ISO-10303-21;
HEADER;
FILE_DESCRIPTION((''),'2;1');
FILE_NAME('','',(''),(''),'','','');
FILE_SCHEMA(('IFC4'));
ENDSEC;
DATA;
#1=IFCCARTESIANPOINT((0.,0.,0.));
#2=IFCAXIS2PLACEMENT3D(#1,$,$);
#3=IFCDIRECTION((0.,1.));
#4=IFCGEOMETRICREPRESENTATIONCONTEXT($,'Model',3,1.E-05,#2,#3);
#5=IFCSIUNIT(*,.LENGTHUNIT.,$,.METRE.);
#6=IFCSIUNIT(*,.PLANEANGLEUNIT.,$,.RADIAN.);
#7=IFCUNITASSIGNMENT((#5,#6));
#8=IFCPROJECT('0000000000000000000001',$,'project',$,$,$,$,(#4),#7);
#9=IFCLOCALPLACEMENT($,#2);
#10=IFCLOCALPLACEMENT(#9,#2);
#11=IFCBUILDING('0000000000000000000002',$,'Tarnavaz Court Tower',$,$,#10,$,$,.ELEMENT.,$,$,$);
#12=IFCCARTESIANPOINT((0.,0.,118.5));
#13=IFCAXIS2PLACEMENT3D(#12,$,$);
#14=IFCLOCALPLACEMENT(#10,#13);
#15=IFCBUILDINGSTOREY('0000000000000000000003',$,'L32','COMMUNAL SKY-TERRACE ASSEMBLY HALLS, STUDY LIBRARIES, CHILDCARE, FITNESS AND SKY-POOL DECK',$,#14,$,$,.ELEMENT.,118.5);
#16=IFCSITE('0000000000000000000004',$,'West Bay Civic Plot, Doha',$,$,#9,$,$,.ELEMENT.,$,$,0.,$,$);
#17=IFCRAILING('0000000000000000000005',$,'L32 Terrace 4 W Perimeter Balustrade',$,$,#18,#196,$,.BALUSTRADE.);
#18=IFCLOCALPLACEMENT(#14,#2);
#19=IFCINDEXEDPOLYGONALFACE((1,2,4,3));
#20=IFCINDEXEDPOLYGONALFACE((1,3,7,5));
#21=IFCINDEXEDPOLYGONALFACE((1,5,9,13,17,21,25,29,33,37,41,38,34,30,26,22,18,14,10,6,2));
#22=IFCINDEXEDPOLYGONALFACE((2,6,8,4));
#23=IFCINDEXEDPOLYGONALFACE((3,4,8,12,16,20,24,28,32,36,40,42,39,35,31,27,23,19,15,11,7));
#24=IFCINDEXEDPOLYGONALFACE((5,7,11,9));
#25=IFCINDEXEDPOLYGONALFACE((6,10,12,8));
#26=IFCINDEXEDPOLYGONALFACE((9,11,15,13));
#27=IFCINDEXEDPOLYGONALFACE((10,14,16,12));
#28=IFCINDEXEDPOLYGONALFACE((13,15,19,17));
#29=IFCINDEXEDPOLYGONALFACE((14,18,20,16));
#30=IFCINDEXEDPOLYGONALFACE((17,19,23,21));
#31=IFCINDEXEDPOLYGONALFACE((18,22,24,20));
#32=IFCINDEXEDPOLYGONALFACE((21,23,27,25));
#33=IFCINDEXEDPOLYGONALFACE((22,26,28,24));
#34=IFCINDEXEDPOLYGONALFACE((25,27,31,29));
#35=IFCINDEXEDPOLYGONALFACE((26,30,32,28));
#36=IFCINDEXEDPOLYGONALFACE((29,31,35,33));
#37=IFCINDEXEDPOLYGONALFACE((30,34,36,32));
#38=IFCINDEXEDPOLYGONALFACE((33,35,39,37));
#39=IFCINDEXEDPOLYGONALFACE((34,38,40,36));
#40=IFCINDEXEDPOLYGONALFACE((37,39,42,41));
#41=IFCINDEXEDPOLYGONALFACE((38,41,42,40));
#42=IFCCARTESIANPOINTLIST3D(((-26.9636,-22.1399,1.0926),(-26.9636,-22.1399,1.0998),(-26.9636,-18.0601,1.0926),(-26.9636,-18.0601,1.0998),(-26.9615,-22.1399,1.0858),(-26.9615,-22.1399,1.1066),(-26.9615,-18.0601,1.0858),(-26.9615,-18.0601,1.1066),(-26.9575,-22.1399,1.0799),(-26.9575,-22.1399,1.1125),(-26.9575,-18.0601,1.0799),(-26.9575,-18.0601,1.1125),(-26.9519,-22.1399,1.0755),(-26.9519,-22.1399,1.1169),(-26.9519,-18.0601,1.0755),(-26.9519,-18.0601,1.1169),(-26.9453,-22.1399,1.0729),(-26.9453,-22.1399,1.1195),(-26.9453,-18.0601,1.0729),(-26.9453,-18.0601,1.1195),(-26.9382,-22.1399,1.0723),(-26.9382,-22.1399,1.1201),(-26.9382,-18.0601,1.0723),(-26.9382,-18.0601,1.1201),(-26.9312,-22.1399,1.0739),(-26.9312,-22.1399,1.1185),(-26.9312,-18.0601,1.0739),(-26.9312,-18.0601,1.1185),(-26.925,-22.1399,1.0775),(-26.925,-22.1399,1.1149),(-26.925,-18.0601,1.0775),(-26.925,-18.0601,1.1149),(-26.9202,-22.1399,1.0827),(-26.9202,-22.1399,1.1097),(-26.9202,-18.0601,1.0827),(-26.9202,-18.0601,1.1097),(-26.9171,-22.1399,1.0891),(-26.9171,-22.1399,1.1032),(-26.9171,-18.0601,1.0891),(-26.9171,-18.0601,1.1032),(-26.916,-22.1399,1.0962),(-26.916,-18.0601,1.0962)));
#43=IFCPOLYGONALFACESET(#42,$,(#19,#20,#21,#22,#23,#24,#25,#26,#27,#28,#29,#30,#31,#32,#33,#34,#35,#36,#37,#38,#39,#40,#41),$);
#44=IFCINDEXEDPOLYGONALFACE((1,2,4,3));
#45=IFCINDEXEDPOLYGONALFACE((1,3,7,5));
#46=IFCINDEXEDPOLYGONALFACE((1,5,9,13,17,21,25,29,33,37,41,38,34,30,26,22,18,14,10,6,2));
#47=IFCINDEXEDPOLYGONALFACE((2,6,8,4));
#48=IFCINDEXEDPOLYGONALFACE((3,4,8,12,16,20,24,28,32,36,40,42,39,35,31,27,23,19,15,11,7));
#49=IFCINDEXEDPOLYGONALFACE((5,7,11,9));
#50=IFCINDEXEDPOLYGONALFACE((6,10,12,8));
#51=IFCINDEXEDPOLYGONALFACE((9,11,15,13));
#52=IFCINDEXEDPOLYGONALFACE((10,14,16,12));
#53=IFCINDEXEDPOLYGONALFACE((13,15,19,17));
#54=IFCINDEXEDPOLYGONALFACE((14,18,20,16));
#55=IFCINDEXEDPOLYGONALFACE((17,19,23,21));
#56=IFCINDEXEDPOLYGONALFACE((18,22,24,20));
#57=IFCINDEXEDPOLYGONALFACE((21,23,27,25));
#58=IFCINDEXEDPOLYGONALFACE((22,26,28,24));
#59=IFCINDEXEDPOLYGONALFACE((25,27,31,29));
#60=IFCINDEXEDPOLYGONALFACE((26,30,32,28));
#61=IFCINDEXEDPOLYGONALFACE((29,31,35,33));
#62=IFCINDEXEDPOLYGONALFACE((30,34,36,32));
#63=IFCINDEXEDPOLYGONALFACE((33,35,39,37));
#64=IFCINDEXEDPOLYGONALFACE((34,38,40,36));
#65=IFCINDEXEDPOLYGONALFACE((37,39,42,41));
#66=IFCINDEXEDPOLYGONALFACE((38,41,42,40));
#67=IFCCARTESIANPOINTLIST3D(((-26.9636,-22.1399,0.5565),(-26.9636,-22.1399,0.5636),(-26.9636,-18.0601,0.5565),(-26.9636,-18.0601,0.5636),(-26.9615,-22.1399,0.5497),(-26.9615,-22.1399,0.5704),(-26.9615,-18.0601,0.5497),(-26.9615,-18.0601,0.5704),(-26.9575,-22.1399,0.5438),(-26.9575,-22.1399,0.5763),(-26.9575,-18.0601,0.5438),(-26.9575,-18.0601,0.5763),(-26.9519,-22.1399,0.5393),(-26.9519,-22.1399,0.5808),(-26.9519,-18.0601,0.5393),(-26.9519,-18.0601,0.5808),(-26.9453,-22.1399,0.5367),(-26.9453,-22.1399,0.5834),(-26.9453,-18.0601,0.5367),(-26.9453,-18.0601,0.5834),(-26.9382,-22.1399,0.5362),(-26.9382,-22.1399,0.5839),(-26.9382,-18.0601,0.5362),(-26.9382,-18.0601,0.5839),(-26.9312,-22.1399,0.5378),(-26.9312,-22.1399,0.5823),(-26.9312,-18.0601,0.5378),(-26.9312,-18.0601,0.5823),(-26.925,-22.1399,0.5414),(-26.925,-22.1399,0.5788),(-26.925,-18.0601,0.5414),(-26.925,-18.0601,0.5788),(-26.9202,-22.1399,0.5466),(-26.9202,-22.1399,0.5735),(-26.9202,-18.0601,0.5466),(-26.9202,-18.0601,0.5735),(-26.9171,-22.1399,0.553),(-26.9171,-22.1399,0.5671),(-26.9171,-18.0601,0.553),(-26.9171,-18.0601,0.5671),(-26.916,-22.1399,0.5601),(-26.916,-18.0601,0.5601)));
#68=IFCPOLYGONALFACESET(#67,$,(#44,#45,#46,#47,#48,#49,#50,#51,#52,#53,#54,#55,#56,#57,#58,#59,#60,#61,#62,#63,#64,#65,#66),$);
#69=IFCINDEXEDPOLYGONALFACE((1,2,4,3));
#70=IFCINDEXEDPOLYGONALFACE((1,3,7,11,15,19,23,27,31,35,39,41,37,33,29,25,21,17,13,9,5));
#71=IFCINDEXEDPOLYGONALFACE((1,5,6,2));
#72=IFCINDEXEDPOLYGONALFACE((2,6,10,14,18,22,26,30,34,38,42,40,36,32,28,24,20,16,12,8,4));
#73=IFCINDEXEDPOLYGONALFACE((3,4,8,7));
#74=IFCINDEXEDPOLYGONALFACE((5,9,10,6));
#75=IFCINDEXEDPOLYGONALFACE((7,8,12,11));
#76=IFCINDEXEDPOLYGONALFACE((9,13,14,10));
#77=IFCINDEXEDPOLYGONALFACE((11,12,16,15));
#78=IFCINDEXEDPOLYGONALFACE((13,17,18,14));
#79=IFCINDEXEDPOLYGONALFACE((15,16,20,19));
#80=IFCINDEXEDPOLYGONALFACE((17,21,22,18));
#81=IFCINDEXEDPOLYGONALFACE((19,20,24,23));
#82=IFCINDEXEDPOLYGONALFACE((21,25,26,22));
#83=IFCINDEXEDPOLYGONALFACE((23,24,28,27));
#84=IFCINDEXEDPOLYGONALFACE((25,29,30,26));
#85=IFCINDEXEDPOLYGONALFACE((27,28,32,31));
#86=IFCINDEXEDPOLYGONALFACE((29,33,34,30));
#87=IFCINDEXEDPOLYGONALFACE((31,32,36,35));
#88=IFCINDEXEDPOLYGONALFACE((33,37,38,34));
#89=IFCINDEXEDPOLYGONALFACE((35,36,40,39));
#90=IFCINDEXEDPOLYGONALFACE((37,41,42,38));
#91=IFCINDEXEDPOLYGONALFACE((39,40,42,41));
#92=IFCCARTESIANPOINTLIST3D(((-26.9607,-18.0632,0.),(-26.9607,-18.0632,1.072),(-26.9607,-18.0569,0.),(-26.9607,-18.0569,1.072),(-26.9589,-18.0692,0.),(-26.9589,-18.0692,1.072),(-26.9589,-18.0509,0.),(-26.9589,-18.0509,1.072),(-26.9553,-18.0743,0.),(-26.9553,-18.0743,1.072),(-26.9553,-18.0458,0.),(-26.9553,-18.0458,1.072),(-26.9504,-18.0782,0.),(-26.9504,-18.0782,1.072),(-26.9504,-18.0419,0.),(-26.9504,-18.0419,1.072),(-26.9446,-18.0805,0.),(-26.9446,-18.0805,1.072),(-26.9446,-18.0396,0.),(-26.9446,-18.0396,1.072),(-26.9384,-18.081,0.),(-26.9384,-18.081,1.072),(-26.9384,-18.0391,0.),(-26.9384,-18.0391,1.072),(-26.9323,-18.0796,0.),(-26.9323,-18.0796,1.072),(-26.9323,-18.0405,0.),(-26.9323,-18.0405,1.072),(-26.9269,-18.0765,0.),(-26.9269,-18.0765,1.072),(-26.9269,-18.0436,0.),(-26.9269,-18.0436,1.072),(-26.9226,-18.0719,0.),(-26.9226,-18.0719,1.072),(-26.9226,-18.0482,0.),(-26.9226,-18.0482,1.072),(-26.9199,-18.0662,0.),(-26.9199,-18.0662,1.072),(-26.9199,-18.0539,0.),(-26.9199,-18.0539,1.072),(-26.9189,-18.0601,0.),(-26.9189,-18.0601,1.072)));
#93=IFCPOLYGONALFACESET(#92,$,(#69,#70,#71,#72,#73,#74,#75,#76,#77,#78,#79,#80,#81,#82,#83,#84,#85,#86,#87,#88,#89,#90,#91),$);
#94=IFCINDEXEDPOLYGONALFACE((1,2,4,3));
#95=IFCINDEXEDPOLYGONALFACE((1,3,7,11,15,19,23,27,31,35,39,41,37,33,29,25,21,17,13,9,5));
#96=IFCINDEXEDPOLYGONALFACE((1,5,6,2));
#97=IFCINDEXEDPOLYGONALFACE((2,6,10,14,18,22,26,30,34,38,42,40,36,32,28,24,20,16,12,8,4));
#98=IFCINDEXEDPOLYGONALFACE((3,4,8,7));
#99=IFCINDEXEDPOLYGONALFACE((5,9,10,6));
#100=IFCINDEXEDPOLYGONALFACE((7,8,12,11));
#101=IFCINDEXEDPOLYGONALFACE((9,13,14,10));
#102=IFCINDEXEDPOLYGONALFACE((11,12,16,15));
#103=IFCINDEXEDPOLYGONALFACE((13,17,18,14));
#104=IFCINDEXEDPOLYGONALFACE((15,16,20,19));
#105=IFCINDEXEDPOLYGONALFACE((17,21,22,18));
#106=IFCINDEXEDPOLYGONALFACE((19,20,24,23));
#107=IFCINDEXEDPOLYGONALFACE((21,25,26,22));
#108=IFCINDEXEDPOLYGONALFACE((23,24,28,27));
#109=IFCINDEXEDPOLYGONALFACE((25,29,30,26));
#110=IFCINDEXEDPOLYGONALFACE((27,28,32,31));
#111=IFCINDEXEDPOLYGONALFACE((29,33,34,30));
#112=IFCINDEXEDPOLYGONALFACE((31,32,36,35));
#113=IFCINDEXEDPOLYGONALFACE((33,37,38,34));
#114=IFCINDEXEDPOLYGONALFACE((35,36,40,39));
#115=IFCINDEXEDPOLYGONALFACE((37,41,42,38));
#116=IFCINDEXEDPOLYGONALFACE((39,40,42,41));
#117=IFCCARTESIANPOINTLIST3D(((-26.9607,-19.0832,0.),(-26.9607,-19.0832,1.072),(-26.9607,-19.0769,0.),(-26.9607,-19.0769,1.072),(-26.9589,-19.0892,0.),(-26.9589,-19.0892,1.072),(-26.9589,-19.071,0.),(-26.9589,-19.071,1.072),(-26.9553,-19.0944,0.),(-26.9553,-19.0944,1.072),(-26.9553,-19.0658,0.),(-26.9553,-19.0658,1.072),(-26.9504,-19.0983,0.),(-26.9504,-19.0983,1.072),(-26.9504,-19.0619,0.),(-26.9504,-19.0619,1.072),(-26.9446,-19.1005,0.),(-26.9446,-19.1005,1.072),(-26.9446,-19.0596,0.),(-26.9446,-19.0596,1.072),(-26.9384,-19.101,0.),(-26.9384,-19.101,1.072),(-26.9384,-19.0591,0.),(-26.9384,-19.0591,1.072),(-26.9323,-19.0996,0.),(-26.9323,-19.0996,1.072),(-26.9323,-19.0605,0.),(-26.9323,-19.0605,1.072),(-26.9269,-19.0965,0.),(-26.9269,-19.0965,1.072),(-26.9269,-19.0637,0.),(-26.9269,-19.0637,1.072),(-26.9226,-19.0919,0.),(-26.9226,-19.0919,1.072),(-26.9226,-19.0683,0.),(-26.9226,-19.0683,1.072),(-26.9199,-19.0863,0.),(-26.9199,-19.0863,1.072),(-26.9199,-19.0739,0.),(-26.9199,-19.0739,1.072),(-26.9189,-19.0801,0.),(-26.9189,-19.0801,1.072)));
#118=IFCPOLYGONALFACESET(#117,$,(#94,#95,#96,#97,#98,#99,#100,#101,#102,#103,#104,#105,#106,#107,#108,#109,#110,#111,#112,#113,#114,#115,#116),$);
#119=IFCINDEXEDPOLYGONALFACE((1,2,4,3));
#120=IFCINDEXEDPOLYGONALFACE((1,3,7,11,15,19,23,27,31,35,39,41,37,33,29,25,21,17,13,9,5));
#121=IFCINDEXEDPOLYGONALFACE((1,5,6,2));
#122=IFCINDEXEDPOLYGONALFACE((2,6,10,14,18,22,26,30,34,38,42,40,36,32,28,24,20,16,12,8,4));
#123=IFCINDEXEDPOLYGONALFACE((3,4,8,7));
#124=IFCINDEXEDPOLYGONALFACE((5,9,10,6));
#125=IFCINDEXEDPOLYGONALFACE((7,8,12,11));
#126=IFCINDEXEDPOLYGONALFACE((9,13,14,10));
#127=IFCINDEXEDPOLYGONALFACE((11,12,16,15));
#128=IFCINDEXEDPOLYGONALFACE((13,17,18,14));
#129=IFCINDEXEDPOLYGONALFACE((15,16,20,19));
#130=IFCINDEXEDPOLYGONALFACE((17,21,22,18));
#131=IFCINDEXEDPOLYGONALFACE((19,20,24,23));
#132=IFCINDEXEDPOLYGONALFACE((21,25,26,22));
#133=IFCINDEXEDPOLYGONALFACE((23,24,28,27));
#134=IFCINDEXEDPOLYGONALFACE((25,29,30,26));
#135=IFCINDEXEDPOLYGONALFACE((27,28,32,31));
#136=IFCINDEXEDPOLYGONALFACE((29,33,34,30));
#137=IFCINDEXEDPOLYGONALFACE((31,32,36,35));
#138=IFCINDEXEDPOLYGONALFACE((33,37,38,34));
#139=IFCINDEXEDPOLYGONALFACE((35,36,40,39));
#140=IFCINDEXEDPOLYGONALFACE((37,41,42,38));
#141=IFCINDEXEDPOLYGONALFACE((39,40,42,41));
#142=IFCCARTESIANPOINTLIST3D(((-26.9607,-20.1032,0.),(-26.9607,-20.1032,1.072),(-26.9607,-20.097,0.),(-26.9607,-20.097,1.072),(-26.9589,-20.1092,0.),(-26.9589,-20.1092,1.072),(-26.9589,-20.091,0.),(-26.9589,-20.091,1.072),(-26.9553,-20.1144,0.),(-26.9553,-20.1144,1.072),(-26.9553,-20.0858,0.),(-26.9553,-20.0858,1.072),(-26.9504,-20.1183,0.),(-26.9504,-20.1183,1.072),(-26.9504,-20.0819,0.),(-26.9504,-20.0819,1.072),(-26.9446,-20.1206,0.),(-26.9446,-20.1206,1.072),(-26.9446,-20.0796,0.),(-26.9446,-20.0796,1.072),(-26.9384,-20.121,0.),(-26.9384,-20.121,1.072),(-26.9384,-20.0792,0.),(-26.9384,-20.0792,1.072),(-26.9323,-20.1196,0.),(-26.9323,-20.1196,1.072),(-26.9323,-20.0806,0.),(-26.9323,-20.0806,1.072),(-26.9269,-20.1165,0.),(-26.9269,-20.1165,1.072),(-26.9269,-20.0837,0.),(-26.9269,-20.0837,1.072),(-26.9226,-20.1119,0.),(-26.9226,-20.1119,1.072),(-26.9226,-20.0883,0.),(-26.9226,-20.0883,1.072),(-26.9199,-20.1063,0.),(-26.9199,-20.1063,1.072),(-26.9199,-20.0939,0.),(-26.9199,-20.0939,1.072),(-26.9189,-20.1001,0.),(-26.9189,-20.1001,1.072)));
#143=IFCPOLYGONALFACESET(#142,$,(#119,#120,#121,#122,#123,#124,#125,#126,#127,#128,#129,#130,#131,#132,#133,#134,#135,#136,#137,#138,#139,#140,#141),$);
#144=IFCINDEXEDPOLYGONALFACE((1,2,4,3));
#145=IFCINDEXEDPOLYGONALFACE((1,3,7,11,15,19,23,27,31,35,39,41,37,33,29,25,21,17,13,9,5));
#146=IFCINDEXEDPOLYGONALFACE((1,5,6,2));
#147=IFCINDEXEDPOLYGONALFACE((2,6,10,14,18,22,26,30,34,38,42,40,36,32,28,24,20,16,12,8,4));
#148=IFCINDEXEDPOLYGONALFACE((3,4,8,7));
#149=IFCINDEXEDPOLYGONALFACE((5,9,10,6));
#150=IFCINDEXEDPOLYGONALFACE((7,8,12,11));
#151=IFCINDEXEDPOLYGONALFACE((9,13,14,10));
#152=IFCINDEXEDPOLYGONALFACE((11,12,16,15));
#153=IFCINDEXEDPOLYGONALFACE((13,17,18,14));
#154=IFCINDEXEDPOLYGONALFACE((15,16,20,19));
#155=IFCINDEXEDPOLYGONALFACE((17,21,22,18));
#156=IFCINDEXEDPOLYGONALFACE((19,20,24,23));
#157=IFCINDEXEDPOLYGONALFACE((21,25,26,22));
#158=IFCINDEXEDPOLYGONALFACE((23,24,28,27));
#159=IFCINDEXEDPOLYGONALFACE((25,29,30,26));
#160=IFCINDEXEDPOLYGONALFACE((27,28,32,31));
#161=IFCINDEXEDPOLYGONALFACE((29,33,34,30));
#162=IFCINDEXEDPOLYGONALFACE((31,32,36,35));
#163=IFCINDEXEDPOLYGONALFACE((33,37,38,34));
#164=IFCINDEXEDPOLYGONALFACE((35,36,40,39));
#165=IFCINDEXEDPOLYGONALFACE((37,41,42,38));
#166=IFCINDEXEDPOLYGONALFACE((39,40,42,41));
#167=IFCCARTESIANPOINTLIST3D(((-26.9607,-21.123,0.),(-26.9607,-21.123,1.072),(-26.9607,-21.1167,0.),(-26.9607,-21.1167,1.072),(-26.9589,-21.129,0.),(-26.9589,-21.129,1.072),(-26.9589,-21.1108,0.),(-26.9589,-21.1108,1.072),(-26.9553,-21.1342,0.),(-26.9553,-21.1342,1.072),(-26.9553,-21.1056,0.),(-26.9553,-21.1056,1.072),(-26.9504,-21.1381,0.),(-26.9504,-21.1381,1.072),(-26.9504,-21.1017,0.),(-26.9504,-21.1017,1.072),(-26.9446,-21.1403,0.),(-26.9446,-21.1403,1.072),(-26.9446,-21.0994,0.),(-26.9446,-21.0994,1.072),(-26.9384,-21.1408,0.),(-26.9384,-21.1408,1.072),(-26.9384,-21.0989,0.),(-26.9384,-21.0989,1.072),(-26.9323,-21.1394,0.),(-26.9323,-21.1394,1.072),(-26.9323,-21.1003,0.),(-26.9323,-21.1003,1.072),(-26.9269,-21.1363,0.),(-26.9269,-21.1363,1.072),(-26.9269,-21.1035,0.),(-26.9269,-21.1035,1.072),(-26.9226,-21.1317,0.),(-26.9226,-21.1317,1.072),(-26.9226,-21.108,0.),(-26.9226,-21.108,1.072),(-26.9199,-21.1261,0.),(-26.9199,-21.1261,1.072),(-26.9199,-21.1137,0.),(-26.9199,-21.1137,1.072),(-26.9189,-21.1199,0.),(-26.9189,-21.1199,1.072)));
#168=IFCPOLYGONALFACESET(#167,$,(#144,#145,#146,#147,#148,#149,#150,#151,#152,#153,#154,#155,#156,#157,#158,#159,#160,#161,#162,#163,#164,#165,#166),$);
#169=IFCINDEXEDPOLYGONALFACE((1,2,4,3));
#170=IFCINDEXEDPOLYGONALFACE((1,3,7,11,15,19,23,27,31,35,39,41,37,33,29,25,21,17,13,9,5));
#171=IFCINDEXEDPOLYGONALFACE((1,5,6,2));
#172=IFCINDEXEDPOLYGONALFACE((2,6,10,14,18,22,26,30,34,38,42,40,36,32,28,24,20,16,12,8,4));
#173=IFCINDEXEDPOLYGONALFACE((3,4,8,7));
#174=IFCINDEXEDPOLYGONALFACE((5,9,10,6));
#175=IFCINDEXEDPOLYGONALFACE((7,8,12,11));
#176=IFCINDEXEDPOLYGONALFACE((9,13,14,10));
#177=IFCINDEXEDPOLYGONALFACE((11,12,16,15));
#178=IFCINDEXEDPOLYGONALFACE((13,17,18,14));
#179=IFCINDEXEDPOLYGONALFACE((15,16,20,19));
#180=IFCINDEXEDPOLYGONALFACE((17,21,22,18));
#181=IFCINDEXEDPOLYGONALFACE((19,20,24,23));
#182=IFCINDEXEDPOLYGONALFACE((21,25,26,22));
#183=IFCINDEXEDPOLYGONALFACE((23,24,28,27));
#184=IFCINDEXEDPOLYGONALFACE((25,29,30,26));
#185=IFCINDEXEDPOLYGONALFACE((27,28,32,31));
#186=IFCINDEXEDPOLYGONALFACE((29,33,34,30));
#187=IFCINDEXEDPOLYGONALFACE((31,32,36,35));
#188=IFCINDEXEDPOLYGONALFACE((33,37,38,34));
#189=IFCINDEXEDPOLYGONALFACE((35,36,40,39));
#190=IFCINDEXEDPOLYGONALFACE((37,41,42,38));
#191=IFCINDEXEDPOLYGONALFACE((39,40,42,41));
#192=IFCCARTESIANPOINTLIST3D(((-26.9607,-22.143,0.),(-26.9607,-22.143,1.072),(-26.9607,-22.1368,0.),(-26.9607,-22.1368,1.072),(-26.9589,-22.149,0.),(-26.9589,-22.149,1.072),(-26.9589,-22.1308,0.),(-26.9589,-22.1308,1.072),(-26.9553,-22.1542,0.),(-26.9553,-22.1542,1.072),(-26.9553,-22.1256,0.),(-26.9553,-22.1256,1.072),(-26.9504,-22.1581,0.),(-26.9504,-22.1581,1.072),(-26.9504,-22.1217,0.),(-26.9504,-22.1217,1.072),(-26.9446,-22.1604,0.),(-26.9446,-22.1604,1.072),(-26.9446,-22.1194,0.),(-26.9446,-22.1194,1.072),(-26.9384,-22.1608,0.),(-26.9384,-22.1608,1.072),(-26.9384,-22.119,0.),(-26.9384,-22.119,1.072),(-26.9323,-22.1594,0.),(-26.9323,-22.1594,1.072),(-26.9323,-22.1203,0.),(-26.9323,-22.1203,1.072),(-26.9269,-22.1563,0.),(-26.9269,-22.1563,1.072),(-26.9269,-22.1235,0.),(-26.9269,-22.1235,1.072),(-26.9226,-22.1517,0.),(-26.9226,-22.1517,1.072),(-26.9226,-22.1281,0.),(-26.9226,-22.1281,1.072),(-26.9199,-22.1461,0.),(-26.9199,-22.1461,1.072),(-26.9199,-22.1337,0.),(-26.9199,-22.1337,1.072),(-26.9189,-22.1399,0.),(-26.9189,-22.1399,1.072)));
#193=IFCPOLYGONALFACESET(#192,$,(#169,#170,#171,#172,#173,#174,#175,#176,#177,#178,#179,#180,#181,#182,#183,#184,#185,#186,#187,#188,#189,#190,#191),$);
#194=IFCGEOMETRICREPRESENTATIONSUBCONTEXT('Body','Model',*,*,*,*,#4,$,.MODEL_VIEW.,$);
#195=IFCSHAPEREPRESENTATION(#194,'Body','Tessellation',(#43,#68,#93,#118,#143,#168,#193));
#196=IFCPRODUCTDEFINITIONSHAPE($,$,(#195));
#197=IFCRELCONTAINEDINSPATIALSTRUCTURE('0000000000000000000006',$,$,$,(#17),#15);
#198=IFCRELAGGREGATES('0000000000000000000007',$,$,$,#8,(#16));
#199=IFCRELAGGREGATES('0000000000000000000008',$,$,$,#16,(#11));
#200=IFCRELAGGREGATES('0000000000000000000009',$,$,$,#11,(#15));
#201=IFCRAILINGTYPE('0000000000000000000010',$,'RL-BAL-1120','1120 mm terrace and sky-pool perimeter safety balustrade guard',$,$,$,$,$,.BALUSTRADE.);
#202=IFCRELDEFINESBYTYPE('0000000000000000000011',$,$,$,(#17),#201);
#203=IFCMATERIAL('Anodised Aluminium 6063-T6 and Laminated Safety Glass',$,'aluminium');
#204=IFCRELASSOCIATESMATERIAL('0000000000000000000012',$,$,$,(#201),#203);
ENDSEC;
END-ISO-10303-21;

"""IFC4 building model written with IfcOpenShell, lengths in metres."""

from ifc_helpers import new_model, si_unit, direction, frame, origin, origin_2d, place, context, subcontext, project, spatial, circle, extrude, material, type_object, element, save


model = new_model("IFC4")

# Units and contexts
model_context = context("Model", 3, precision=1e-05, world=origin(), true_north=direction((0.0, 1.0)))
body_context = subcontext(model_context, "Body", "Model", "MODEL_VIEW")
ifc_project = project(units=[si_unit("LENGTHUNIT", "METRE"), si_unit("PLANEANGLEUNIT", "RADIAN")], contexts=[model_context])

# Site, building, storey
site_placement = place(None, origin())
site = spatial("IfcSite", under=ifc_project, at=site_placement, Name="West Bay Civic Plot, Doha", CompositionType="ELEMENT", RefElevation=0.0)
building_placement = place(site_placement, origin())
building = spatial("IfcBuilding", under=site, at=building_placement, Name="Tarnavaz Court Tower", CompositionType="ELEMENT")
storey_placement = place(building_placement, frame((0.0, 0.0, 118.5)))
storey = spatial("IfcBuildingStorey", under=building, at=storey_placement, Name="L32", Description="COMMUNAL SKY-TERRACE ASSEMBLY HALLS, STUDY LIBRARIES, CHILDCARE, FITNESS AND SKY-POOL DECK", CompositionType="ELEMENT", Elevation=118.5)

# Railing
ifc_material_1 = material(Name="Anodised Aluminium 6063-T6 and Laminated Safety Glass", Category="aluminium")
railing_type = type_object("IfcRailingType", Name="RL-BAL-1120", Description="1120 mm terrace and sky-pool perimeter safety balustrade guard", PredefinedType="BALUSTRADE", material=ifc_material_1)
railing_1_placement = place(storey_placement, frame((-26.9399, -18.0601, 0.0)))
element("IfcRailing", 1, at=railing_1_placement, inside=storey, type_object=railing_type, Name="L32 Terrace 4 W Perimeter Balustrade", PredefinedType="BALUSTRADE", context=body_context, shape_type="SweptSolid", body=[
    extrude(circle(Radius=0.0239, at=origin_2d()), frame((0.0, 0.0, 1.0962), z_axis=(0.0, -1.0, 0.0), x_axis=(1.0, 0.0, 0.0)), (0.0, 0.0, 1.0), 4.0798),
    extrude(circle(Radius=0.0239, at=origin_2d()), frame((0.0, 0.0, 0.5601), z_axis=(0.0, -1.0, 0.0), x_axis=(1.0, 0.0, 0.0)), (0.0, 0.0, 1.0), 4.0798),
    extrude(circle(Radius=0.021, at=origin_2d()), origin(), (0.0, 0.0, 1.0), 1.072),
    extrude(circle(Radius=0.021, at=origin_2d()), frame((0.0, -1.02, 0.0)), (0.0, 0.0, 1.0), 1.072),
    extrude(circle(Radius=0.021, at=origin_2d()), frame((0.0, -2.04, 0.0)), (0.0, 0.0, 1.0), 1.072),
    extrude(circle(Radius=0.021, at=origin_2d()), frame((0.0, -3.0598, 0.0)), (0.0, 0.0, 1.0), 1.072),
    extrude(circle(Radius=0.021, at=origin_2d()), frame((0.0, -4.0798, 0.0)), (0.0, 0.0, 1.0), 1.072),
])

save(model, "model.ifc")
